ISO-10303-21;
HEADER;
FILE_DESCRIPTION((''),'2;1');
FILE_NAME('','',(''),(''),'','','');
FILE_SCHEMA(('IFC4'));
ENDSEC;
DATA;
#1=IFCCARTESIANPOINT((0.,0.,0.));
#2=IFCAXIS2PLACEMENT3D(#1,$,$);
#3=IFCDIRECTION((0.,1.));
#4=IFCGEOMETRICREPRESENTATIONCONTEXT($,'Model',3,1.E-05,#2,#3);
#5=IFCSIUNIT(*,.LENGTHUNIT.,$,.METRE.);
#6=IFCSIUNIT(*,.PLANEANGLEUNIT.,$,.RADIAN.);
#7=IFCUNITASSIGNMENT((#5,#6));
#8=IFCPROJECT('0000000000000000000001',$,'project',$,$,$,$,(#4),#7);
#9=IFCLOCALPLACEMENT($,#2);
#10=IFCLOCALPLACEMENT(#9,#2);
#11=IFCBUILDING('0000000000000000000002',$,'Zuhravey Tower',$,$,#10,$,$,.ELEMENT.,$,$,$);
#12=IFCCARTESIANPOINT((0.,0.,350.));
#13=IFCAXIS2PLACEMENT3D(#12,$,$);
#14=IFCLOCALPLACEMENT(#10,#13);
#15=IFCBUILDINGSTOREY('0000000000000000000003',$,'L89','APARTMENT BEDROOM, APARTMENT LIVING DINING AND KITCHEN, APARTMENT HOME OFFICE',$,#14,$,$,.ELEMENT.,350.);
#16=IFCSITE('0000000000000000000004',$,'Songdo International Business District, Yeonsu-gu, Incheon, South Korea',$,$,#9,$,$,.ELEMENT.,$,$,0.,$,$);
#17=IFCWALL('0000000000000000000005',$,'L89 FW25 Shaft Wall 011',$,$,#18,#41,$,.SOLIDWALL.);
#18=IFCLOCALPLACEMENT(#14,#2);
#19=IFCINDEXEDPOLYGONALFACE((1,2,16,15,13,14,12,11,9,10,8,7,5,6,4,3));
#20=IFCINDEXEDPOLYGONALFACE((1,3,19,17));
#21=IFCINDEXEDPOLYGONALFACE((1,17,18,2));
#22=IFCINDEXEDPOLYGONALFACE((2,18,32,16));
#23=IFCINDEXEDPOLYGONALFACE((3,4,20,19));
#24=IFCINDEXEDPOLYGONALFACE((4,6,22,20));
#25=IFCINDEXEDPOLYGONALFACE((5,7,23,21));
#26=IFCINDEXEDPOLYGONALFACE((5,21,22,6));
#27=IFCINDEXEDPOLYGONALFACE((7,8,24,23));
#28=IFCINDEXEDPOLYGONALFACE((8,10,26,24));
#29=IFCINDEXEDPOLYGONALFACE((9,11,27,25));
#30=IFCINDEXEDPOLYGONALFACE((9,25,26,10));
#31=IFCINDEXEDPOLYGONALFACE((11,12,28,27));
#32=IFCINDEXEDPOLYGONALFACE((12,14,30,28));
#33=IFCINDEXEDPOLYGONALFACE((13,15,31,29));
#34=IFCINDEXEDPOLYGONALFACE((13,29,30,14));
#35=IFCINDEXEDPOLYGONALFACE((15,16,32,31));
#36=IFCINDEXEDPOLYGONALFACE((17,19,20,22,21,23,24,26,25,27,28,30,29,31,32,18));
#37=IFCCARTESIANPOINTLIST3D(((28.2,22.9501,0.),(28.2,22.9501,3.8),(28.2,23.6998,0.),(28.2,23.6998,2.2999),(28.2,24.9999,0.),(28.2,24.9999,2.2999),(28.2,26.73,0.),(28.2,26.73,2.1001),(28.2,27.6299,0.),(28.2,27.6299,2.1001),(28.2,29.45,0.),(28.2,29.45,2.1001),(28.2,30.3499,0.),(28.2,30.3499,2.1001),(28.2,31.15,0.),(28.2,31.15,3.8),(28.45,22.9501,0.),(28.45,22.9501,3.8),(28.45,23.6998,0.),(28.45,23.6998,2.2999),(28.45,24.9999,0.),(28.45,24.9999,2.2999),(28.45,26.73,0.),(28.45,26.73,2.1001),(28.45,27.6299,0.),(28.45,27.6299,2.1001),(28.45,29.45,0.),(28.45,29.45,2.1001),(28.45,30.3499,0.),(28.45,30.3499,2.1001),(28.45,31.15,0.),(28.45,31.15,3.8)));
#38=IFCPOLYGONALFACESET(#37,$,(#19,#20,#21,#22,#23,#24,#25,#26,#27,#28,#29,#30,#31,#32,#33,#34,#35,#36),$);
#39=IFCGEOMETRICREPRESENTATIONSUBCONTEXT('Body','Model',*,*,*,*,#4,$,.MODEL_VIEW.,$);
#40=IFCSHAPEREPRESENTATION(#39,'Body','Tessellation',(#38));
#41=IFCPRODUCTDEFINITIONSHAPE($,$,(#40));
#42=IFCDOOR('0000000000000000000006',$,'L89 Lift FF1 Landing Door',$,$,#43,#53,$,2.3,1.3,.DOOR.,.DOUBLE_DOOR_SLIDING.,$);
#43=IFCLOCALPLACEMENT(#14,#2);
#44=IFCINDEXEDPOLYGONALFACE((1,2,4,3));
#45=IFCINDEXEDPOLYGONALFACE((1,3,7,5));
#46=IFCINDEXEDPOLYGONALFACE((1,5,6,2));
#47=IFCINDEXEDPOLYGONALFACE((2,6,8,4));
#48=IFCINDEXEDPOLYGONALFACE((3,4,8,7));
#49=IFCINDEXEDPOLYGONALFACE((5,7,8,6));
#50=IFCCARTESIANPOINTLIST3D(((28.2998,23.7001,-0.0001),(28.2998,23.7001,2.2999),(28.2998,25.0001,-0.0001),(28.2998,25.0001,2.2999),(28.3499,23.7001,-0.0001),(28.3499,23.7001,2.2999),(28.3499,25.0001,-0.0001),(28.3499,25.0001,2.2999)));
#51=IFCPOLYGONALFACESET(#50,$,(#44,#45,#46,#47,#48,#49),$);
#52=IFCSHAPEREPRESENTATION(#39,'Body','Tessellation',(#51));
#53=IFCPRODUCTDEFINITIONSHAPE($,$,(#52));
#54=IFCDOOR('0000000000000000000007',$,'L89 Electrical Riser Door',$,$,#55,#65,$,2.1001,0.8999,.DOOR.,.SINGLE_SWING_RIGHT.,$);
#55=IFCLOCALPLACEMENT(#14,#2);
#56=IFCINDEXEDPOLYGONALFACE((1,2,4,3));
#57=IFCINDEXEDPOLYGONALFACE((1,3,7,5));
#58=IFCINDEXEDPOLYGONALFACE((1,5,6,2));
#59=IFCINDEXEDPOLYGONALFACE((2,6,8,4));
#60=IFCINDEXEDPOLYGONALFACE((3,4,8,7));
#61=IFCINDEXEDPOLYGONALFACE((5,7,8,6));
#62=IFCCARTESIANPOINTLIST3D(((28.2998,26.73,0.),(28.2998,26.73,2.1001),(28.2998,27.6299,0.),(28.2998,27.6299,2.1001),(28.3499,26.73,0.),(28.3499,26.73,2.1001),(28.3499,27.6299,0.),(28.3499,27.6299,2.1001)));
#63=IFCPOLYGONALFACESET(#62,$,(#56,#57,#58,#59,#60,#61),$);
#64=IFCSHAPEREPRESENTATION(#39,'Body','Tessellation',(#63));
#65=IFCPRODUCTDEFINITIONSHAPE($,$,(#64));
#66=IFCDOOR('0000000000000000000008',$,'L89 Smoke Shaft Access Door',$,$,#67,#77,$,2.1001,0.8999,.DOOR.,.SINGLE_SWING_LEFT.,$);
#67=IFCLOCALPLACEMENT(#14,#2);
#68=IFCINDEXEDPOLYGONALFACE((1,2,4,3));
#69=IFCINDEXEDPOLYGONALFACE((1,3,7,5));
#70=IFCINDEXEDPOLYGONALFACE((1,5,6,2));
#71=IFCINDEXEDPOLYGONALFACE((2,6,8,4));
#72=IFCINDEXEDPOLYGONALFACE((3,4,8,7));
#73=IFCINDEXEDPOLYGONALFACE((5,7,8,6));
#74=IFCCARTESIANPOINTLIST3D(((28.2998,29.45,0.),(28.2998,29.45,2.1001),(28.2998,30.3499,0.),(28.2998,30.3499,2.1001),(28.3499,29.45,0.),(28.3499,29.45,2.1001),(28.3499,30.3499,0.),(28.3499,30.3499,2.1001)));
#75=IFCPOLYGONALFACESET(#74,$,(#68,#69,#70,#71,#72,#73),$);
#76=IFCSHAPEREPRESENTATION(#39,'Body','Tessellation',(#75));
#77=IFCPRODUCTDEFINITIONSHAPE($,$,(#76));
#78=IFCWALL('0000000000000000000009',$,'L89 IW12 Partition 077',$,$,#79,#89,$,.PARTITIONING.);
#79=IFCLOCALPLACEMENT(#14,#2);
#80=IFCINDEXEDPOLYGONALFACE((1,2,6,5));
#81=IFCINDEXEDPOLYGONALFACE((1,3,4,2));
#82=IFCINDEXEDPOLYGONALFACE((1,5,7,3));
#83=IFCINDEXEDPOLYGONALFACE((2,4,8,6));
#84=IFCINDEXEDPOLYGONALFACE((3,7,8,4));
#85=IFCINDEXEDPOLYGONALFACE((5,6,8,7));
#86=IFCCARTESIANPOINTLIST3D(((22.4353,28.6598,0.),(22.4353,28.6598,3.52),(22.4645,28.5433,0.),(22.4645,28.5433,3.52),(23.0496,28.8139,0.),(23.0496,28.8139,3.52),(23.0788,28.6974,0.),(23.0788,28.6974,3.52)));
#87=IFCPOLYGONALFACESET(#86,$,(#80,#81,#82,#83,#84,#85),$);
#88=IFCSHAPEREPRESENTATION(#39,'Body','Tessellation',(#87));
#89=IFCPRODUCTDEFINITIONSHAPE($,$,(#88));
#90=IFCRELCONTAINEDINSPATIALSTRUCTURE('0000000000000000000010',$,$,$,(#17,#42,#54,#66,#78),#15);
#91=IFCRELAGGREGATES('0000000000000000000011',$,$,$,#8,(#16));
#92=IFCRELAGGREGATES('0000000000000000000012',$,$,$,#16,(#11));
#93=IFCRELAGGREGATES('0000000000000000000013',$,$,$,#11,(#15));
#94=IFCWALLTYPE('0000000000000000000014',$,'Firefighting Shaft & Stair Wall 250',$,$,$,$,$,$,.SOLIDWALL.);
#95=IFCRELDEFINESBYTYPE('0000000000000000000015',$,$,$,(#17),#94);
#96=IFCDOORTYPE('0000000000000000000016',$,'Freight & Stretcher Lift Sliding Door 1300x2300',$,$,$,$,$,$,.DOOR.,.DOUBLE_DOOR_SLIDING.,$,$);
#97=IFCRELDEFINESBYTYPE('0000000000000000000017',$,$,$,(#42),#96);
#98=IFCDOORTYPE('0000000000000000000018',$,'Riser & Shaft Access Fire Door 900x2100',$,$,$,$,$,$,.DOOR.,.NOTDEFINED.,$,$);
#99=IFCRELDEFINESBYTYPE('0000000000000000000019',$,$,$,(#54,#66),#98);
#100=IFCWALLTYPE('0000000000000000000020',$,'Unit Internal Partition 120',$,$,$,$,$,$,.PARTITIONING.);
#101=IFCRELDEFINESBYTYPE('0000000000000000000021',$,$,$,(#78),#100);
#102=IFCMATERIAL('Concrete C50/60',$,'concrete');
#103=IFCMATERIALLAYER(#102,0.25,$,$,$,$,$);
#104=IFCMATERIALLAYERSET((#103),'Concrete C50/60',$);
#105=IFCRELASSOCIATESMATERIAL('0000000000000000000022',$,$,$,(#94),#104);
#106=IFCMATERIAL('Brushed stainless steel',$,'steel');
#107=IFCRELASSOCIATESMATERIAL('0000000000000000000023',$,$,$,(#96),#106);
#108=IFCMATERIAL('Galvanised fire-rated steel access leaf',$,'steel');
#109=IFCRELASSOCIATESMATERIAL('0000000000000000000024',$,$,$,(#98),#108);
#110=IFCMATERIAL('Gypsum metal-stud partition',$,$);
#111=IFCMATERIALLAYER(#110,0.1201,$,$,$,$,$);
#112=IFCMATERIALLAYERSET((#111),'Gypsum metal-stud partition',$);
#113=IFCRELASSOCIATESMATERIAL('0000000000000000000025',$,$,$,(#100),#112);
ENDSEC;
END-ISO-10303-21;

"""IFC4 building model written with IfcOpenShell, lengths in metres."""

from ifc_helpers import new_model, si_unit, direction, frame, frame_2d, origin, place, context, subcontext, project, spatial, rectangle, extrude, material, layer, layer_set, type_object, element, fill, save


model = new_model("IFC4")

# Units and contexts
model_context = context("Model", 3, precision=1e-05, world=origin(), true_north=direction((0.0, 1.0)))
body_context = subcontext(model_context, "Body", "Model", "MODEL_VIEW")
ifc_project = project(units=[si_unit("LENGTHUNIT", "METRE"), si_unit("PLANEANGLEUNIT", "RADIAN")], contexts=[model_context])

# Site, building, storey
site_placement = place(None, origin())
site = spatial("IfcSite", under=ifc_project, at=site_placement, Name="Songdo International Business District, Yeonsu-gu, Incheon, South Korea", CompositionType="ELEMENT", RefElevation=0.0)
building_placement = place(site_placement, origin())
building = spatial("IfcBuilding", under=site, at=building_placement, Name="Zuhravey Tower", CompositionType="ELEMENT")
storey_placement = place(building_placement, frame((0.0, 0.0, 350.0)))
storey = spatial("IfcBuildingStorey", under=building, at=storey_placement, Name="L89", Description="APARTMENT BEDROOM, APARTMENT LIVING DINING AND KITCHEN, APARTMENT HOME OFFICE", CompositionType="ELEMENT", Elevation=350.0)

# Shared definitions
ifc_material_1 = material(Name="Concrete C50/60", Category="concrete")

# Shared definitions
ifc_layer_1 = layer(ifc_material_1, 0.25)
ifc_layer_set_1 = layer_set([ifc_layer_1], Name="Concrete C50/60")
wall_type_1 = type_object("IfcWallType", Name="Firefighting Shaft & Stair Wall 250", PredefinedType="SOLIDWALL", material=ifc_layer_set_1)

# Wall, openings, doors
wall_1_placement = place(storey_placement, frame((28.325, 22.95, 0.0), z_axis=(0.0, 0.0, 1.0), x_axis=(0.0, 1.0, 0.0)))
wall_1 = element("IfcWall", 1, at=wall_1_placement, inside=storey, type_object=wall_type_1, Name="L89 FW25 Shaft Wall 011", PredefinedType="SOLIDWALL", context=body_context, shape_type="SweptSolid", body=[
    extrude(rectangle(XDim=8.2, YDim=0.25, at=frame_2d((4.1001, 0.0))), origin(), (0.0, 0.0, 1.0), 3.8),
])
opening_1_placement = place(wall_1_placement, frame((0.75, 0.0, 0.0)))
opening_1 = element("IfcOpeningElement", 2, at=opening_1_placement, cuts=wall_1, PredefinedType="OPENING", context=body_context, shape_type="SweptSolid", body=[
    extrude(rectangle(XDim=1.3, YDim=2.3, at=frame_2d((0.6499, 1.1499))), frame((0.0, 0.137, 0.0), z_axis=(0.0, -1.0, 0.0), x_axis=(1.0, 0.0, 0.0)), (0.0, 0.0, 1.0), 0.2739),
])
opening_2_placement = place(wall_1_placement, frame((3.78, 0.0, 0.0)))
opening_2 = element("IfcOpeningElement", 3, at=opening_2_placement, cuts=wall_1, PredefinedType="OPENING", context=body_context, shape_type="SweptSolid", body=[
    extrude(rectangle(XDim=0.8999, YDim=2.1001, at=frame_2d((0.45, 1.05))), frame((0.0, 0.137, 0.0), z_axis=(0.0, -1.0, 0.0), x_axis=(1.0, 0.0, 0.0)), (0.0, 0.0, 1.0), 0.2739),
])
opening_3_placement = place(wall_1_placement, frame((6.5, 0.0, 0.0)))
opening_3 = element("IfcOpeningElement", 4, at=opening_3_placement, cuts=wall_1, PredefinedType="OPENING", context=body_context, shape_type="SweptSolid", body=[
    extrude(rectangle(XDim=0.8999, YDim=2.1001, at=frame_2d((0.45, 1.05))), frame((0.0, 0.137, 0.0), z_axis=(0.0, -1.0, 0.0), x_axis=(1.0, 0.0, 0.0)), (0.0, 0.0, 1.0), 0.2739),
])
ifc_material_2 = material(Name="Brushed stainless steel", Category="steel")
door_type_1 = type_object("IfcDoorType", Name="Freight & Stretcher Lift Sliding Door 1300x2300", OperationType="DOUBLE_DOOR_SLIDING", PredefinedType="DOOR", material=ifc_material_2)
door_1_placement = place(opening_1_placement, frame((1.3, 0.0, 0.0), z_axis=(0.0, 0.0, 1.0), x_axis=(-1.0, 0.0, 0.0)))
door_1 = element("IfcDoor", 5, at=door_1_placement, inside=storey, type_object=door_type_1, Name="L89 Lift FF1 Landing Door", OperationType="DOUBLE_DOOR_SLIDING", OverallHeight=2.3, OverallWidth=1.3, PredefinedType="DOOR", context=body_context, shape_type="SweptSolid", body=[
    extrude(rectangle(XDim=1.3, YDim=2.3, at=frame_2d((0.6499, 1.1499))), frame((0.0, 0.0249, 0.0), z_axis=(0.0, -1.0, 0.0), x_axis=(1.0, 0.0, 0.0)), (0.0, 0.0, 1.0), 0.05),
])
fill(opening_1, door_1)
ifc_material_3 = material(Name="Galvanised fire-rated steel access leaf", Category="steel")
door_type_2 = type_object("IfcDoorType", Name="Riser & Shaft Access Fire Door 900x2100", OperationType="NOTDEFINED", PredefinedType="DOOR", material=ifc_material_3)
door_2_placement = place(opening_2_placement, frame((0.8999, 0.0, 0.0), z_axis=(0.0, 0.0, 1.0), x_axis=(-1.0, 0.0, 0.0)))
door_2 = element("IfcDoor", 6, at=door_2_placement, inside=storey, type_object=door_type_2, Name="L89 Electrical Riser Door", OperationType="SINGLE_SWING_RIGHT", OverallHeight=2.1001, OverallWidth=0.8999, PredefinedType="DOOR", context=body_context, shape_type="SweptSolid", body=[
    extrude(rectangle(XDim=0.8999, YDim=2.1001, at=frame_2d((0.45, 1.05))), frame((0.0, 0.0249, 0.0), z_axis=(0.0, -1.0, 0.0), x_axis=(1.0, 0.0, 0.0)), (0.0, 0.0, 1.0), 0.05),
])
fill(opening_2, door_2)
door_3_placement = place(opening_3_placement, frame((0.8999, 0.0, 0.0), z_axis=(0.0, 0.0, 1.0), x_axis=(-1.0, 0.0, 0.0)))
door_3 = element("IfcDoor", 7, at=door_3_placement, inside=storey, type_object=door_type_2, Name="L89 Smoke Shaft Access Door", OperationType="SINGLE_SWING_LEFT", OverallHeight=2.1001, OverallWidth=0.8999, PredefinedType="DOOR", context=body_context, shape_type="SweptSolid", body=[
    extrude(rectangle(XDim=0.8999, YDim=2.1001, at=frame_2d((0.45, 1.05))), frame((0.0, 0.0249, 0.0), z_axis=(0.0, -1.0, 0.0), x_axis=(1.0, 0.0, 0.0)), (0.0, 0.0, 1.0), 0.05),
])
fill(opening_3, door_3)

# Wall
ifc_material_4 = material(Name="Gypsum metal-stud partition")
ifc_layer_2 = layer(ifc_material_4, 0.1201)
ifc_layer_set_2 = layer_set([ifc_layer_2], Name="Gypsum metal-stud partition")
wall_type_2 = type_object("IfcWallType", Name="Unit Internal Partition 120", PredefinedType="PARTITIONING", material=ifc_layer_set_2)
wall_2_placement = place(storey_placement, frame((23.0642, 28.7556, 0.0), z_axis=(0.0, 0.0, 1.0), x_axis=(-0.969961, -0.243261, 0.0)))
element("IfcWall", 8, at=wall_2_placement, inside=storey, type_object=wall_type_2, Name="L89 IW12 Partition 077", PredefinedType="PARTITIONING", context=body_context, shape_type="SweptSolid", body=[
    extrude(rectangle(XDim=0.6333, YDim=0.1201, at=frame_2d((0.3167, 0.0))), origin(), (0.0, 0.0, 1.0), 3.52),
])

save(model, "model.ifc")
